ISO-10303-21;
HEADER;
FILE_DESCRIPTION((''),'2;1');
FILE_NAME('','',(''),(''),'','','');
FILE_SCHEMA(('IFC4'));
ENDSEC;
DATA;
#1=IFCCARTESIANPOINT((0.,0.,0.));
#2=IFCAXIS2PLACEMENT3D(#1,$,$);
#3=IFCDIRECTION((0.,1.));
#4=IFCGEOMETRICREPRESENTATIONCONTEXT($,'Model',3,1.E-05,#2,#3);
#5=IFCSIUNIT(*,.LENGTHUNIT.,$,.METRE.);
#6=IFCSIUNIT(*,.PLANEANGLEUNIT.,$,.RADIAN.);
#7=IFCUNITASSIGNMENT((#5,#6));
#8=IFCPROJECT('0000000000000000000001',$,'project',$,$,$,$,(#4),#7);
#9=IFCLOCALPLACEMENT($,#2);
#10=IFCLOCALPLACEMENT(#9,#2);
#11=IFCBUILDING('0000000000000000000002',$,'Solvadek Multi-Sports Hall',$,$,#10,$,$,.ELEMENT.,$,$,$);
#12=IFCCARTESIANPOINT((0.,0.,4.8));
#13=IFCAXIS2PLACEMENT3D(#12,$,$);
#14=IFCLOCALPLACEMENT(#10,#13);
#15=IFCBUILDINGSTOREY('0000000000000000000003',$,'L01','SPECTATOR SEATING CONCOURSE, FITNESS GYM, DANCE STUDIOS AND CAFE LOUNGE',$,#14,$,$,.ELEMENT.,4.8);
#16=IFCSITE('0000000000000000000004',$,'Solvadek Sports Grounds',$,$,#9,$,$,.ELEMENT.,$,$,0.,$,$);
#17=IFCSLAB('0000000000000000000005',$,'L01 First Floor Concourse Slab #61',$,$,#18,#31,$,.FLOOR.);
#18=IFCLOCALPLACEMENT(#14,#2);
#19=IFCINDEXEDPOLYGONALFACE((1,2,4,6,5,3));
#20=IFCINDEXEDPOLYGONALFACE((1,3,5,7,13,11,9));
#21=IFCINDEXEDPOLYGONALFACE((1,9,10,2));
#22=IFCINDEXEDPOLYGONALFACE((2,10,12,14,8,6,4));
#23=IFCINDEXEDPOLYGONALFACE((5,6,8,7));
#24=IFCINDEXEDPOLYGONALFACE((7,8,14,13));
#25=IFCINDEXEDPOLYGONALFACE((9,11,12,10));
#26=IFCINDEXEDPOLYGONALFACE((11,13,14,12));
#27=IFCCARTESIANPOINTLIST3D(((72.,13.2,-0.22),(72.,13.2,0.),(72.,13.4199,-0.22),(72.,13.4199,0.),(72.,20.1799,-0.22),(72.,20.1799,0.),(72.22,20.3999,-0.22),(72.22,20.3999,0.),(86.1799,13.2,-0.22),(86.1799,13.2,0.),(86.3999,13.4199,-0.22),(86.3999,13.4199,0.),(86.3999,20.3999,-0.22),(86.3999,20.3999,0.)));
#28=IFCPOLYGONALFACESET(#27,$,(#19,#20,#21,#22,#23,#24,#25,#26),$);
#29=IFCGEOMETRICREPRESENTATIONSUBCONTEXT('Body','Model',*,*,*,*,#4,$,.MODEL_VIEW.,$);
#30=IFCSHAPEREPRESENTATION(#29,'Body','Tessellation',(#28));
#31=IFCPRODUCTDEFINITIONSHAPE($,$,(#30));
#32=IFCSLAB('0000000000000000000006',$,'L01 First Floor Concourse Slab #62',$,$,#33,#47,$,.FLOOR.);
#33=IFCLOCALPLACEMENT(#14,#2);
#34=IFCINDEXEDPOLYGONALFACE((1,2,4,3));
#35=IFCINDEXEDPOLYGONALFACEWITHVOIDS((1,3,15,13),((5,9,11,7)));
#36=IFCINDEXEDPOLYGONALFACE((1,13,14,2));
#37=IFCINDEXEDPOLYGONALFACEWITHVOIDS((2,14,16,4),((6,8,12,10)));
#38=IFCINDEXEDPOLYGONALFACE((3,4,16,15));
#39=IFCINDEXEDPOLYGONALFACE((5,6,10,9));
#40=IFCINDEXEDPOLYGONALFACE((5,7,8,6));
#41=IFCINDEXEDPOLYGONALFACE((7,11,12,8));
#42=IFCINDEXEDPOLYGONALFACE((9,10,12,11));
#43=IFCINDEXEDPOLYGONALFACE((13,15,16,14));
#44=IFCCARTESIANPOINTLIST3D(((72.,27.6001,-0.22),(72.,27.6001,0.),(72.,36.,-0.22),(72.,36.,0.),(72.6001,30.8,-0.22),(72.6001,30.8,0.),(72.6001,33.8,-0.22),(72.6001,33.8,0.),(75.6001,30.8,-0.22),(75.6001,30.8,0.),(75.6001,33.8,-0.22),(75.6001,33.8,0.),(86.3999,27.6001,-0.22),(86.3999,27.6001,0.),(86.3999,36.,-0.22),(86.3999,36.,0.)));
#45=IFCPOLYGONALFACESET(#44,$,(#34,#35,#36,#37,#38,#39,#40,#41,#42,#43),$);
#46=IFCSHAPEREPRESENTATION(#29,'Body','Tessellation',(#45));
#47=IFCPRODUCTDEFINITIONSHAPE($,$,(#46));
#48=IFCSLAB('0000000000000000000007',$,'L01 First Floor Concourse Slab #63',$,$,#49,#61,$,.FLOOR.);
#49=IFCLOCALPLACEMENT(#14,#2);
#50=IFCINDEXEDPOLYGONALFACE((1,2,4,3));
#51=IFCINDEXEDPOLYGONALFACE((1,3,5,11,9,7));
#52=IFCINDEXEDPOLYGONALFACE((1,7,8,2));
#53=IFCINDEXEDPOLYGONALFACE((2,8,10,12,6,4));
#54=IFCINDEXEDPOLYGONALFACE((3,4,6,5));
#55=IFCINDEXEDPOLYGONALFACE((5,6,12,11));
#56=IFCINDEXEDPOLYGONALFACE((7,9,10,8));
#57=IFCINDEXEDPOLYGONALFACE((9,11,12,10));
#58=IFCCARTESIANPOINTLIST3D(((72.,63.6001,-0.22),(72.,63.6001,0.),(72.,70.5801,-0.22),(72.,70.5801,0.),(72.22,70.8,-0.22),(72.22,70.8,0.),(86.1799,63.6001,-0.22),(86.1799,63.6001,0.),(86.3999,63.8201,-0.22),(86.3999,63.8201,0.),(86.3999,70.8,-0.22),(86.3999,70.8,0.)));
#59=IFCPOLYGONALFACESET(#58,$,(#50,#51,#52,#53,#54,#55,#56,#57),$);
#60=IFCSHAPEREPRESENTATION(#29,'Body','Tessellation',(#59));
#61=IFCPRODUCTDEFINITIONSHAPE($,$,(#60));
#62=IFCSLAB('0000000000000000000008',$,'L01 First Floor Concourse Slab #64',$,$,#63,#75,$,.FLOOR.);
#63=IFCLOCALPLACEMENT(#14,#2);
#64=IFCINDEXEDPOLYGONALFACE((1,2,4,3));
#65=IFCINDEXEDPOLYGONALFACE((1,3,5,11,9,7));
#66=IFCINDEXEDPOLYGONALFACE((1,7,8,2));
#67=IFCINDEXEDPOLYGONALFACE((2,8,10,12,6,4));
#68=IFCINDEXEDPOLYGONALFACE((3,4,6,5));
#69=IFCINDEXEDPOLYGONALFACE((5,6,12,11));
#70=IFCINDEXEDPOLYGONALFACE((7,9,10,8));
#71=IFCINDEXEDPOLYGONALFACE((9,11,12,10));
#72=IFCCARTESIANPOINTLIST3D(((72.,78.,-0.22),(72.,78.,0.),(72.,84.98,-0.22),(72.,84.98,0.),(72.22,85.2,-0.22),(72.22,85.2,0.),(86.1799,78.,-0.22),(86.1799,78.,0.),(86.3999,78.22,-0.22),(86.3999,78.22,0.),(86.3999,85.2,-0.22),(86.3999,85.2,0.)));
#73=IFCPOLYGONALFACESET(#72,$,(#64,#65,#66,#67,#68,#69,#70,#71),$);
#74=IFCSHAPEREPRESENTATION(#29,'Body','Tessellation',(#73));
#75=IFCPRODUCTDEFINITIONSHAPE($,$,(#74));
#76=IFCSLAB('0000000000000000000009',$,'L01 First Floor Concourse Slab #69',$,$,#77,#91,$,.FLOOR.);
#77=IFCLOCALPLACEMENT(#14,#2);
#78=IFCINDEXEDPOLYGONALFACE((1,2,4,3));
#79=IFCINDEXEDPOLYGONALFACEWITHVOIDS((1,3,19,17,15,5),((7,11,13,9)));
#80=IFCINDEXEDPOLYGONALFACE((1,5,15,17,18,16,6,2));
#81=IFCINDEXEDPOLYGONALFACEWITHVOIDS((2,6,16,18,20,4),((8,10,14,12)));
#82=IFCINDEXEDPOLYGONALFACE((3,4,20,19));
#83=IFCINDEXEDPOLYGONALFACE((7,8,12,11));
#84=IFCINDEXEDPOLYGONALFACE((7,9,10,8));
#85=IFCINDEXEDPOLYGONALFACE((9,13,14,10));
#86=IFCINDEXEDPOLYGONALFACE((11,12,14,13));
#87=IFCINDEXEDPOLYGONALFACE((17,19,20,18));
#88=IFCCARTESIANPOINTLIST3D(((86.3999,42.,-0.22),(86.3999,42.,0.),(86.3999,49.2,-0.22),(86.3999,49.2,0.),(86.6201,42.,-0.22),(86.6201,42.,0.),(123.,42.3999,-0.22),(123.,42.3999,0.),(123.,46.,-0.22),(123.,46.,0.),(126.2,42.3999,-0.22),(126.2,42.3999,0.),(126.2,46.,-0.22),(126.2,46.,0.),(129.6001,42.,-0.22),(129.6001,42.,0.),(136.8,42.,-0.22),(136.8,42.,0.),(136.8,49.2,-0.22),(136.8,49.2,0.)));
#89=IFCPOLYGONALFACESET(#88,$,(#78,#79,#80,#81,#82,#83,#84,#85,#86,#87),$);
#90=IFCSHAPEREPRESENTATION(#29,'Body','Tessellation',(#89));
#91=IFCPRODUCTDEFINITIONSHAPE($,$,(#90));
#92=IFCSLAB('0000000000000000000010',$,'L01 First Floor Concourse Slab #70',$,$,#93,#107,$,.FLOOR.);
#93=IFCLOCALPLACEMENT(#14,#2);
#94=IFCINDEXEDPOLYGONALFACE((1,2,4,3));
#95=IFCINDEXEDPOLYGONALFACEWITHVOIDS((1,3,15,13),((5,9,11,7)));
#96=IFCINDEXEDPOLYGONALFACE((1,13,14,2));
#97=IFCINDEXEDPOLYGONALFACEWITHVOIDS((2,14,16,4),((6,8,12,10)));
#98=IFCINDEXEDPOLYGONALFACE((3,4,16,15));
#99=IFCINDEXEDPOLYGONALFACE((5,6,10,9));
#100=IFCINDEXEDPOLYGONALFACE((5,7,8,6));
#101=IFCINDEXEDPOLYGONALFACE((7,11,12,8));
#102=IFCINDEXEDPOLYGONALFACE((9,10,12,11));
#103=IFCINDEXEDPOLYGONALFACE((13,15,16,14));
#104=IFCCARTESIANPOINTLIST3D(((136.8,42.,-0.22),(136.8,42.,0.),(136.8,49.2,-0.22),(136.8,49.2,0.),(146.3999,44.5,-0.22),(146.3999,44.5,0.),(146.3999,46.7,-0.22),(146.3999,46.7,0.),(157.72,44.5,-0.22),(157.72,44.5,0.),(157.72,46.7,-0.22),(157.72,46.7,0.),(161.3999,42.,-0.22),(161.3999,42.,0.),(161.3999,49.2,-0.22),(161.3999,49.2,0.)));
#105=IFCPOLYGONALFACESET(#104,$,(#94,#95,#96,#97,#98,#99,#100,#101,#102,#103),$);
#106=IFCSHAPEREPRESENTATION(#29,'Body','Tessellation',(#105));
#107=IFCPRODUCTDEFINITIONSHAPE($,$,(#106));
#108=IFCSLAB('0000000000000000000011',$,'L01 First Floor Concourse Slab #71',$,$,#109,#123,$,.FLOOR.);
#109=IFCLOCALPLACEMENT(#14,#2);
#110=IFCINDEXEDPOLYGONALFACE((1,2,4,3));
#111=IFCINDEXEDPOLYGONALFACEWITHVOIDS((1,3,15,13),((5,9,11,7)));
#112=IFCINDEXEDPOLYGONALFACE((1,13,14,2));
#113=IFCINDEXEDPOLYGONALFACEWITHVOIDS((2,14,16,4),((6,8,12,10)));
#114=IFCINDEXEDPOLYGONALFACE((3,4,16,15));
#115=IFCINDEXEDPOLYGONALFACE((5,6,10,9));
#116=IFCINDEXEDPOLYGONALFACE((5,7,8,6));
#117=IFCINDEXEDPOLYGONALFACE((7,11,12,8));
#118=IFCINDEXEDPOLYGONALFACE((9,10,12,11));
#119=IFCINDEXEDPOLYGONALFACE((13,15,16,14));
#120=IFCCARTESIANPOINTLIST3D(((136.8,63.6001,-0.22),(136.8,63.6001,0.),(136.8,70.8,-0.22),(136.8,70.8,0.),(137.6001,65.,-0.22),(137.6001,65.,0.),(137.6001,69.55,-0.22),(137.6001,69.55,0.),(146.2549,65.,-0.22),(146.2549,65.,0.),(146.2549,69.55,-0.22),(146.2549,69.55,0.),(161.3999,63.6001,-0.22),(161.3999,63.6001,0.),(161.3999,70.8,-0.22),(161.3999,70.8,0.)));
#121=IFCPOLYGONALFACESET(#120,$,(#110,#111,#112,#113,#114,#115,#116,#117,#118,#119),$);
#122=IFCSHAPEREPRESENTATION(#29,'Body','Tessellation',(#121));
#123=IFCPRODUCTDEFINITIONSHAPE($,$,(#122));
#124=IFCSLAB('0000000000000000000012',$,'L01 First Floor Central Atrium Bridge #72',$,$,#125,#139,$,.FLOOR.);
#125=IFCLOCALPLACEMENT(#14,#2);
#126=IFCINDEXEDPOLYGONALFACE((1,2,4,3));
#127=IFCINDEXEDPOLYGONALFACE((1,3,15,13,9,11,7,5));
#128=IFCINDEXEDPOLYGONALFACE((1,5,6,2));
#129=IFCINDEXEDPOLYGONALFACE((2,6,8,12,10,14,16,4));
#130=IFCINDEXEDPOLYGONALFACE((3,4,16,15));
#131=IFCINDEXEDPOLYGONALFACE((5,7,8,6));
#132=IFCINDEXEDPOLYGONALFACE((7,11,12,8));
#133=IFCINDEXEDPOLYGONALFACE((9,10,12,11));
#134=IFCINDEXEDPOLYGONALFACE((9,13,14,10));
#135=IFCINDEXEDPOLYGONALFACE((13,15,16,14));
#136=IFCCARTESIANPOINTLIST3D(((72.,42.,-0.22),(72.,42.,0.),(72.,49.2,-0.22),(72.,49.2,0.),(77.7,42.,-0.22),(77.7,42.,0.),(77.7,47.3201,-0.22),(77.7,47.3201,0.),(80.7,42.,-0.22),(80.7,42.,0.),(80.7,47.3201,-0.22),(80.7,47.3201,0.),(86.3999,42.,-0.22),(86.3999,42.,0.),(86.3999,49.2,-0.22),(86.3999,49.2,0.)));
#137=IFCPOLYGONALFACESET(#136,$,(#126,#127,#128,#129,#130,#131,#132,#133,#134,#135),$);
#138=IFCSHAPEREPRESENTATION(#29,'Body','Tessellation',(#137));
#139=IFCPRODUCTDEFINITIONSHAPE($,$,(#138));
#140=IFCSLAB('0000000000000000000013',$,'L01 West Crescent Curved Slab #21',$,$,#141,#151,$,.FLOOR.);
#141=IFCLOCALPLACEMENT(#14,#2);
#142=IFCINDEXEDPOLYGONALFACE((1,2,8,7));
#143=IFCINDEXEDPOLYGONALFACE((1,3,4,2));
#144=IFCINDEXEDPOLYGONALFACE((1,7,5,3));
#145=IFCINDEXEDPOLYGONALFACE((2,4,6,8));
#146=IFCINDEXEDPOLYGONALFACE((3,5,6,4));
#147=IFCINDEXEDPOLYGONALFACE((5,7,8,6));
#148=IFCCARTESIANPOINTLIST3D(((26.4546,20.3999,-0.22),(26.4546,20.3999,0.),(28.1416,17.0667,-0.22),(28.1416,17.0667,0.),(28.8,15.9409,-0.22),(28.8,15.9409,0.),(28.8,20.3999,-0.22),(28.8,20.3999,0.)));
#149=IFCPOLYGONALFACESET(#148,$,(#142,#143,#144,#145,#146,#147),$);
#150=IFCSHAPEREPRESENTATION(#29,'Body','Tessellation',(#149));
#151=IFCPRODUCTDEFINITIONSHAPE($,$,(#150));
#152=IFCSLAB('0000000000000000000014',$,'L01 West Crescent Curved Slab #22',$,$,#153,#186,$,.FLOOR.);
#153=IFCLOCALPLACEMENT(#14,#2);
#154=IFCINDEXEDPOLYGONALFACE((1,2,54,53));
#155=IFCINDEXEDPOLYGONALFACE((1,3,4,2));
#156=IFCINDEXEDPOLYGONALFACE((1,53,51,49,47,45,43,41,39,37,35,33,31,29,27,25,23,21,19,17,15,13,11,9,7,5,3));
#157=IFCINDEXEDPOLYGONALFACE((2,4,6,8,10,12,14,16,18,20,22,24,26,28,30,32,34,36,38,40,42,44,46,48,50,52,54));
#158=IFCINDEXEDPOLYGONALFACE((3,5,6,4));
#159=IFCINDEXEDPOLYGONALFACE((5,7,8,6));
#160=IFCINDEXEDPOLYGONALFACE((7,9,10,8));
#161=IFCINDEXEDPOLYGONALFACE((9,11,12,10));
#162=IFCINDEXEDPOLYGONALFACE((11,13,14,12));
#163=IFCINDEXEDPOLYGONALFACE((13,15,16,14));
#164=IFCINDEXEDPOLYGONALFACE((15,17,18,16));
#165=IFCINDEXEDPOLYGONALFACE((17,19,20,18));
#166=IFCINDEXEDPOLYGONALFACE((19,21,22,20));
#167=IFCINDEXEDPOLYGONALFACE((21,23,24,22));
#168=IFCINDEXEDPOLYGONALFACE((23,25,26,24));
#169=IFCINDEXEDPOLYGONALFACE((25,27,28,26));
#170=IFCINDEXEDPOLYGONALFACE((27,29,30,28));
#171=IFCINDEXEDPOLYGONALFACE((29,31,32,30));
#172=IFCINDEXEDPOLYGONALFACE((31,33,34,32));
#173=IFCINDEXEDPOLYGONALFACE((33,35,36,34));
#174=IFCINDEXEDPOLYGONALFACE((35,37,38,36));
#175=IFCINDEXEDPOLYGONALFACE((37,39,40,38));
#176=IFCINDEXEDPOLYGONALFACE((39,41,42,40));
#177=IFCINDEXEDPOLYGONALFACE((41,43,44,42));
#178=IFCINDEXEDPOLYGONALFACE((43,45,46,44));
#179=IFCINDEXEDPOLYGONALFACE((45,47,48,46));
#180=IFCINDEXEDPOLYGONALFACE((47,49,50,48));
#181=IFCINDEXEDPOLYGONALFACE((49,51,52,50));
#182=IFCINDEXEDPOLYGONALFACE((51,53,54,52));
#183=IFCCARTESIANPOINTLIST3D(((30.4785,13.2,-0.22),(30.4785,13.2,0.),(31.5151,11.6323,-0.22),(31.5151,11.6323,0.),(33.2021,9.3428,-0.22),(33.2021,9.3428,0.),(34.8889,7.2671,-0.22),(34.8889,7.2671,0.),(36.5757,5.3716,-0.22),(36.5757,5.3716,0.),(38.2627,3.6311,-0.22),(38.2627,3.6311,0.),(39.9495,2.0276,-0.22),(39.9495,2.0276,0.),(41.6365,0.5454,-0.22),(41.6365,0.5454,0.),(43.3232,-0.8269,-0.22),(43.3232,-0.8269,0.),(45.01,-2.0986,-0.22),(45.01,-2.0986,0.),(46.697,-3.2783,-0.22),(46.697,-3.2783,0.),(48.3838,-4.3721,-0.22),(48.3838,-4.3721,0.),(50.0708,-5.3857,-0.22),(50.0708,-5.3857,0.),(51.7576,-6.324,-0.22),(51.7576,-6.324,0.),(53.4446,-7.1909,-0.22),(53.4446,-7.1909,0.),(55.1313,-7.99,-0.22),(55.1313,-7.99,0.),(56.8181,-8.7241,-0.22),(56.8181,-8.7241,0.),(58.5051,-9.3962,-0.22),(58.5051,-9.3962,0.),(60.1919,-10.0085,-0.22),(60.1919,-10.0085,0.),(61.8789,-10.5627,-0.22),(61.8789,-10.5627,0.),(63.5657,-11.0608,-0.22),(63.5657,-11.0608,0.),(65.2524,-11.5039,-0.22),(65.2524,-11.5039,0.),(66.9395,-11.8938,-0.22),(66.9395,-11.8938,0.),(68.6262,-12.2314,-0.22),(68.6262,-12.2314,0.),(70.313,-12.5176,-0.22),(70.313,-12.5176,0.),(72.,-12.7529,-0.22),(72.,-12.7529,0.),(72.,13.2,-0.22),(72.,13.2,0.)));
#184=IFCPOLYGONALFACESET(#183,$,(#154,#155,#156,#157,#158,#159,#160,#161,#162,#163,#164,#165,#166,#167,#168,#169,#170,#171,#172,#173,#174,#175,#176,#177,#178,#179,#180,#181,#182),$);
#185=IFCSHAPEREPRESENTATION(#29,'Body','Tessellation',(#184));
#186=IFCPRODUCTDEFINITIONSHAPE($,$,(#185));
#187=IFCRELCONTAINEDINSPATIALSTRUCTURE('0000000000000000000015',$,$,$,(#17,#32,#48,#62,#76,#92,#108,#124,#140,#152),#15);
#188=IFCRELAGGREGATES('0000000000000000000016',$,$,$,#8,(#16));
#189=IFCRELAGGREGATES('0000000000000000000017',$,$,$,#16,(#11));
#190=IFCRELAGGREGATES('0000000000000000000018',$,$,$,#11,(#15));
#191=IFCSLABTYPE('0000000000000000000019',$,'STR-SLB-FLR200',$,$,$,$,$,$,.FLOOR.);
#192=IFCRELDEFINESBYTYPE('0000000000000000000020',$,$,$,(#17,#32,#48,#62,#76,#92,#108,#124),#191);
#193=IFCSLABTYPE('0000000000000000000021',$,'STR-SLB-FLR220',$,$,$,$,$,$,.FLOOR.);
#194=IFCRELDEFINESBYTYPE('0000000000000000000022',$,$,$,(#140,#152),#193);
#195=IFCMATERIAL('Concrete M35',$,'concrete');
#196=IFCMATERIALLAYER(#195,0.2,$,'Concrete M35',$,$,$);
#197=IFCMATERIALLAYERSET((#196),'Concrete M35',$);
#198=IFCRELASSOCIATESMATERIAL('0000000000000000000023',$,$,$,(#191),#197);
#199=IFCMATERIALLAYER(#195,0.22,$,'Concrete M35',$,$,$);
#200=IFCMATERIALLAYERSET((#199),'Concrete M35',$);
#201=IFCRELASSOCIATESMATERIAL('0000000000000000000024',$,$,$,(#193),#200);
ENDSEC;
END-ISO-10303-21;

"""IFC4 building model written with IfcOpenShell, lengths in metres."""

from ifc_helpers import new_model, si_unit, direction, frame, origin, place, context, subcontext, project, spatial, polyline, outline, extrude, material, layer, layer_set, type_object, element, save


model = new_model("IFC4")

# Units and contexts
model_context = context("Model", 3, precision=1e-05, world=origin(), true_north=direction((0.0, 1.0)))
body_context = subcontext(model_context, "Body", "Model", "MODEL_VIEW")
ifc_project = project(units=[si_unit("LENGTHUNIT", "METRE"), si_unit("PLANEANGLEUNIT", "RADIAN")], contexts=[model_context])

# Site, building, storey
site_placement = place(None, origin())
site = spatial("IfcSite", under=ifc_project, at=site_placement, Name="Solvadek Sports Grounds", CompositionType="ELEMENT", RefElevation=0.0)
building_placement = place(site_placement, origin())
building = spatial("IfcBuilding", under=site, at=building_placement, Name="Solvadek Multi-Sports Hall", CompositionType="ELEMENT")
storey_placement = place(building_placement, frame((0.0, 0.0, 4.8)))
storey = spatial("IfcBuildingStorey", under=building, at=storey_placement, Name="L01", Description="SPECTATOR SEATING CONCOURSE, FITNESS GYM, DANCE STUDIOS AND CAFE LOUNGE", CompositionType="ELEMENT", Elevation=4.8)

# Slabs
ifc_material_1 = material(Name="Concrete M35", Category="concrete")
ifc_layer_1 = layer(ifc_material_1, 0.2, Name="Concrete M35")
ifc_layer_set_1 = layer_set([ifc_layer_1], Name="Concrete M35")
slab_type_1 = type_object("IfcSlabType", Name="STR-SLB-FLR200", PredefinedType="FLOOR", material=ifc_layer_set_1)
slab_1_placement = place(storey_placement, frame((0.0, 0.0, -0.22)))
element("IfcSlab", 1, at=slab_1_placement, inside=storey, type_object=slab_type_1, Name="L01 First Floor Concourse Slab #61", PredefinedType="FLOOR", context=body_context, shape_type="SweptSolid", body=[
    extrude(outline(polyline([(72.0, 13.4199), (72.0, 20.1799), (72.22, 20.3999), (86.3999, 20.3999), (86.3999, 13.4199), (86.1799, 13.2), (72.0, 13.2), (72.0, 13.4199)])), origin(), (0.0, 0.0, 1.0), 0.22),
])
slab_2_placement = place(storey_placement, frame((0.0, 0.0, -0.22)))
element("IfcSlab", 2, at=slab_2_placement, inside=storey, type_object=slab_type_1, Name="L01 First Floor Concourse Slab #62", PredefinedType="FLOOR", context=body_context, shape_type="SweptSolid", body=[
    extrude(outline(polyline([(72.0, 36.0), (86.3999, 36.0), (86.3999, 27.6001), (72.0, 27.6001), (72.0, 36.0)]), holes=[polyline([(75.6001, 30.8), (75.6001, 33.8), (72.6001, 33.8), (72.6001, 30.8), (75.6001, 30.8)])]), origin(), (0.0, 0.0, 1.0), 0.22),
])
slab_3_placement = place(storey_placement, frame((0.0, 0.0, -0.22)))
element("IfcSlab", 3, at=slab_3_placement, inside=storey, type_object=slab_type_1, Name="L01 First Floor Concourse Slab #63", PredefinedType="FLOOR", context=body_context, shape_type="SweptSolid", body=[
    extrude(outline(polyline([(72.0, 70.5801), (72.22, 70.8), (86.3999, 70.8), (86.3999, 63.8201), (86.1799, 63.6001), (72.0, 63.6001), (72.0, 70.5801)])), origin(), (0.0, 0.0, 1.0), 0.22),
])
slab_4_placement = place(storey_placement, frame((0.0, 0.0, -0.22)))
element("IfcSlab", 4, at=slab_4_placement, inside=storey, type_object=slab_type_1, Name="L01 First Floor Concourse Slab #64", PredefinedType="FLOOR", context=body_context, shape_type="SweptSolid", body=[
    extrude(outline(polyline([(72.0, 84.98), (72.22, 85.2), (86.3999, 85.2), (86.3999, 78.22), (86.1799, 78.0), (72.0, 78.0), (72.0, 84.98)])), origin(), (0.0, 0.0, 1.0), 0.22),
])
slab_5_placement = place(storey_placement, frame((0.0, 0.0, -0.22)))
element("IfcSlab", 5, at=slab_5_placement, inside=storey, type_object=slab_type_1, Name="L01 First Floor Concourse Slab #69", PredefinedType="FLOOR", context=body_context, shape_type="SweptSolid", body=[
    extrude(outline(polyline([(86.3999, 49.2), (136.8, 49.2), (136.8, 42.0), (129.6001, 42.0), (86.6201, 42.0), (86.3999, 42.0), (86.3999, 49.2)]), holes=[polyline([(126.2, 42.3999), (126.2, 46.0), (123.0, 46.0), (123.0, 42.3999), (126.2, 42.3999)])]), origin(), (0.0, 0.0, 1.0), 0.22),
])
slab_6_placement = place(storey_placement, frame((0.0, 0.0, -0.22)))
element("IfcSlab", 6, at=slab_6_placement, inside=storey, type_object=slab_type_1, Name="L01 First Floor Concourse Slab #70", PredefinedType="FLOOR", context=body_context, shape_type="SweptSolid", body=[
    extrude(outline(polyline([(136.8, 49.2), (161.3999, 49.2), (161.3999, 42.0), (136.8, 42.0), (136.8, 49.2)]), holes=[polyline([(157.72, 44.5), (157.72, 46.7), (146.3999, 46.7), (146.3999, 44.5), (157.72, 44.5)])]), origin(), (0.0, 0.0, 1.0), 0.22),
])
slab_7_placement = place(storey_placement, frame((0.0, 0.0, -0.22)))
element("IfcSlab", 7, at=slab_7_placement, inside=storey, type_object=slab_type_1, Name="L01 First Floor Concourse Slab #71", PredefinedType="FLOOR", context=body_context, shape_type="SweptSolid", body=[
    extrude(outline(polyline([(136.8, 70.8), (161.3999, 70.8), (161.3999, 63.6001), (136.8, 63.6001), (136.8, 70.8)]), holes=[polyline([(137.6001, 69.55), (137.6001, 65.0), (146.2549, 65.0), (146.2549, 69.55), (137.6001, 69.55)])]), origin(), (0.0, 0.0, 1.0), 0.22),
])
slab_8_placement = place(storey_placement, frame((0.0, 0.0, -0.22)))
element("IfcSlab", 8, at=slab_8_placement, inside=storey, type_object=slab_type_1, Name="L01 First Floor Central Atrium Bridge #72", PredefinedType="FLOOR", context=body_context, shape_type="SweptSolid", body=[
    extrude(outline(polyline([(72.0, 49.2), (86.3999, 49.2), (86.3999, 42.0), (80.7, 42.0), (80.7, 47.3201), (77.7, 47.3201), (77.7, 42.0), (72.0, 42.0), (72.0, 49.2)])), origin(), (0.0, 0.0, 1.0), 0.22),
])
ifc_layer_2 = layer(ifc_material_1, 0.22, Name="Concrete M35")
ifc_layer_set_2 = layer_set([ifc_layer_2], Name="Concrete M35")
slab_type_2 = type_object("IfcSlabType", Name="STR-SLB-FLR220", PredefinedType="FLOOR", material=ifc_layer_set_2)
slab_9_placement = place(storey_placement, frame((0.0, 0.0, -0.22)))
element("IfcSlab", 9, at=slab_9_placement, inside=storey, type_object=slab_type_2, Name="L01 West Crescent Curved Slab #21", PredefinedType="FLOOR", context=body_context, shape_type="SweptSolid", body=[
    extrude(outline(polyline([(26.4546, 20.3999), (28.8, 20.3999), (28.8, 15.9409), (28.1416, 17.0667), (26.4546, 20.3999), (26.4546, 20.3999)])), origin(), (0.0, 0.0, 1.0), 0.22),
])
slab_10_placement = place(storey_placement, frame((0.0, 0.0, -0.22)))
element("IfcSlab", 10, at=slab_10_placement, inside=storey, type_object=slab_type_2, Name="L01 West Crescent Curved Slab #22", PredefinedType="FLOOR", context=body_context, shape_type="SweptSolid", body=[
    extrude(outline(polyline([(30.4785, 13.2), (72.0, 13.2), (72.0, -12.7529), (70.313, -12.5176), (68.6262, -12.2314), (66.9395, -11.8938), (65.2524, -11.5039), (63.5657, -11.0608), (61.8789, -10.5627), (60.1919, -10.0085), (58.5051, -9.3962), (56.8181, -8.7241), (55.1313, -7.99), (53.4446, -7.1909), (51.7576, -6.324), (50.0708, -5.3857), (48.3838, -4.3721), (46.697, -3.2783), (45.01, -2.0986), (43.3232, -0.8269), (41.6365, 0.5454), (39.9495, 2.0276), (38.2627, 3.6311), (36.5757, 5.3716), (34.8889, 7.2671), (33.2021, 9.3428), (31.5151, 11.6323), (30.4785, 13.2)])), origin(), (0.0, 0.0, 1.0), 0.22),
])

save(model, "model.ifc")
